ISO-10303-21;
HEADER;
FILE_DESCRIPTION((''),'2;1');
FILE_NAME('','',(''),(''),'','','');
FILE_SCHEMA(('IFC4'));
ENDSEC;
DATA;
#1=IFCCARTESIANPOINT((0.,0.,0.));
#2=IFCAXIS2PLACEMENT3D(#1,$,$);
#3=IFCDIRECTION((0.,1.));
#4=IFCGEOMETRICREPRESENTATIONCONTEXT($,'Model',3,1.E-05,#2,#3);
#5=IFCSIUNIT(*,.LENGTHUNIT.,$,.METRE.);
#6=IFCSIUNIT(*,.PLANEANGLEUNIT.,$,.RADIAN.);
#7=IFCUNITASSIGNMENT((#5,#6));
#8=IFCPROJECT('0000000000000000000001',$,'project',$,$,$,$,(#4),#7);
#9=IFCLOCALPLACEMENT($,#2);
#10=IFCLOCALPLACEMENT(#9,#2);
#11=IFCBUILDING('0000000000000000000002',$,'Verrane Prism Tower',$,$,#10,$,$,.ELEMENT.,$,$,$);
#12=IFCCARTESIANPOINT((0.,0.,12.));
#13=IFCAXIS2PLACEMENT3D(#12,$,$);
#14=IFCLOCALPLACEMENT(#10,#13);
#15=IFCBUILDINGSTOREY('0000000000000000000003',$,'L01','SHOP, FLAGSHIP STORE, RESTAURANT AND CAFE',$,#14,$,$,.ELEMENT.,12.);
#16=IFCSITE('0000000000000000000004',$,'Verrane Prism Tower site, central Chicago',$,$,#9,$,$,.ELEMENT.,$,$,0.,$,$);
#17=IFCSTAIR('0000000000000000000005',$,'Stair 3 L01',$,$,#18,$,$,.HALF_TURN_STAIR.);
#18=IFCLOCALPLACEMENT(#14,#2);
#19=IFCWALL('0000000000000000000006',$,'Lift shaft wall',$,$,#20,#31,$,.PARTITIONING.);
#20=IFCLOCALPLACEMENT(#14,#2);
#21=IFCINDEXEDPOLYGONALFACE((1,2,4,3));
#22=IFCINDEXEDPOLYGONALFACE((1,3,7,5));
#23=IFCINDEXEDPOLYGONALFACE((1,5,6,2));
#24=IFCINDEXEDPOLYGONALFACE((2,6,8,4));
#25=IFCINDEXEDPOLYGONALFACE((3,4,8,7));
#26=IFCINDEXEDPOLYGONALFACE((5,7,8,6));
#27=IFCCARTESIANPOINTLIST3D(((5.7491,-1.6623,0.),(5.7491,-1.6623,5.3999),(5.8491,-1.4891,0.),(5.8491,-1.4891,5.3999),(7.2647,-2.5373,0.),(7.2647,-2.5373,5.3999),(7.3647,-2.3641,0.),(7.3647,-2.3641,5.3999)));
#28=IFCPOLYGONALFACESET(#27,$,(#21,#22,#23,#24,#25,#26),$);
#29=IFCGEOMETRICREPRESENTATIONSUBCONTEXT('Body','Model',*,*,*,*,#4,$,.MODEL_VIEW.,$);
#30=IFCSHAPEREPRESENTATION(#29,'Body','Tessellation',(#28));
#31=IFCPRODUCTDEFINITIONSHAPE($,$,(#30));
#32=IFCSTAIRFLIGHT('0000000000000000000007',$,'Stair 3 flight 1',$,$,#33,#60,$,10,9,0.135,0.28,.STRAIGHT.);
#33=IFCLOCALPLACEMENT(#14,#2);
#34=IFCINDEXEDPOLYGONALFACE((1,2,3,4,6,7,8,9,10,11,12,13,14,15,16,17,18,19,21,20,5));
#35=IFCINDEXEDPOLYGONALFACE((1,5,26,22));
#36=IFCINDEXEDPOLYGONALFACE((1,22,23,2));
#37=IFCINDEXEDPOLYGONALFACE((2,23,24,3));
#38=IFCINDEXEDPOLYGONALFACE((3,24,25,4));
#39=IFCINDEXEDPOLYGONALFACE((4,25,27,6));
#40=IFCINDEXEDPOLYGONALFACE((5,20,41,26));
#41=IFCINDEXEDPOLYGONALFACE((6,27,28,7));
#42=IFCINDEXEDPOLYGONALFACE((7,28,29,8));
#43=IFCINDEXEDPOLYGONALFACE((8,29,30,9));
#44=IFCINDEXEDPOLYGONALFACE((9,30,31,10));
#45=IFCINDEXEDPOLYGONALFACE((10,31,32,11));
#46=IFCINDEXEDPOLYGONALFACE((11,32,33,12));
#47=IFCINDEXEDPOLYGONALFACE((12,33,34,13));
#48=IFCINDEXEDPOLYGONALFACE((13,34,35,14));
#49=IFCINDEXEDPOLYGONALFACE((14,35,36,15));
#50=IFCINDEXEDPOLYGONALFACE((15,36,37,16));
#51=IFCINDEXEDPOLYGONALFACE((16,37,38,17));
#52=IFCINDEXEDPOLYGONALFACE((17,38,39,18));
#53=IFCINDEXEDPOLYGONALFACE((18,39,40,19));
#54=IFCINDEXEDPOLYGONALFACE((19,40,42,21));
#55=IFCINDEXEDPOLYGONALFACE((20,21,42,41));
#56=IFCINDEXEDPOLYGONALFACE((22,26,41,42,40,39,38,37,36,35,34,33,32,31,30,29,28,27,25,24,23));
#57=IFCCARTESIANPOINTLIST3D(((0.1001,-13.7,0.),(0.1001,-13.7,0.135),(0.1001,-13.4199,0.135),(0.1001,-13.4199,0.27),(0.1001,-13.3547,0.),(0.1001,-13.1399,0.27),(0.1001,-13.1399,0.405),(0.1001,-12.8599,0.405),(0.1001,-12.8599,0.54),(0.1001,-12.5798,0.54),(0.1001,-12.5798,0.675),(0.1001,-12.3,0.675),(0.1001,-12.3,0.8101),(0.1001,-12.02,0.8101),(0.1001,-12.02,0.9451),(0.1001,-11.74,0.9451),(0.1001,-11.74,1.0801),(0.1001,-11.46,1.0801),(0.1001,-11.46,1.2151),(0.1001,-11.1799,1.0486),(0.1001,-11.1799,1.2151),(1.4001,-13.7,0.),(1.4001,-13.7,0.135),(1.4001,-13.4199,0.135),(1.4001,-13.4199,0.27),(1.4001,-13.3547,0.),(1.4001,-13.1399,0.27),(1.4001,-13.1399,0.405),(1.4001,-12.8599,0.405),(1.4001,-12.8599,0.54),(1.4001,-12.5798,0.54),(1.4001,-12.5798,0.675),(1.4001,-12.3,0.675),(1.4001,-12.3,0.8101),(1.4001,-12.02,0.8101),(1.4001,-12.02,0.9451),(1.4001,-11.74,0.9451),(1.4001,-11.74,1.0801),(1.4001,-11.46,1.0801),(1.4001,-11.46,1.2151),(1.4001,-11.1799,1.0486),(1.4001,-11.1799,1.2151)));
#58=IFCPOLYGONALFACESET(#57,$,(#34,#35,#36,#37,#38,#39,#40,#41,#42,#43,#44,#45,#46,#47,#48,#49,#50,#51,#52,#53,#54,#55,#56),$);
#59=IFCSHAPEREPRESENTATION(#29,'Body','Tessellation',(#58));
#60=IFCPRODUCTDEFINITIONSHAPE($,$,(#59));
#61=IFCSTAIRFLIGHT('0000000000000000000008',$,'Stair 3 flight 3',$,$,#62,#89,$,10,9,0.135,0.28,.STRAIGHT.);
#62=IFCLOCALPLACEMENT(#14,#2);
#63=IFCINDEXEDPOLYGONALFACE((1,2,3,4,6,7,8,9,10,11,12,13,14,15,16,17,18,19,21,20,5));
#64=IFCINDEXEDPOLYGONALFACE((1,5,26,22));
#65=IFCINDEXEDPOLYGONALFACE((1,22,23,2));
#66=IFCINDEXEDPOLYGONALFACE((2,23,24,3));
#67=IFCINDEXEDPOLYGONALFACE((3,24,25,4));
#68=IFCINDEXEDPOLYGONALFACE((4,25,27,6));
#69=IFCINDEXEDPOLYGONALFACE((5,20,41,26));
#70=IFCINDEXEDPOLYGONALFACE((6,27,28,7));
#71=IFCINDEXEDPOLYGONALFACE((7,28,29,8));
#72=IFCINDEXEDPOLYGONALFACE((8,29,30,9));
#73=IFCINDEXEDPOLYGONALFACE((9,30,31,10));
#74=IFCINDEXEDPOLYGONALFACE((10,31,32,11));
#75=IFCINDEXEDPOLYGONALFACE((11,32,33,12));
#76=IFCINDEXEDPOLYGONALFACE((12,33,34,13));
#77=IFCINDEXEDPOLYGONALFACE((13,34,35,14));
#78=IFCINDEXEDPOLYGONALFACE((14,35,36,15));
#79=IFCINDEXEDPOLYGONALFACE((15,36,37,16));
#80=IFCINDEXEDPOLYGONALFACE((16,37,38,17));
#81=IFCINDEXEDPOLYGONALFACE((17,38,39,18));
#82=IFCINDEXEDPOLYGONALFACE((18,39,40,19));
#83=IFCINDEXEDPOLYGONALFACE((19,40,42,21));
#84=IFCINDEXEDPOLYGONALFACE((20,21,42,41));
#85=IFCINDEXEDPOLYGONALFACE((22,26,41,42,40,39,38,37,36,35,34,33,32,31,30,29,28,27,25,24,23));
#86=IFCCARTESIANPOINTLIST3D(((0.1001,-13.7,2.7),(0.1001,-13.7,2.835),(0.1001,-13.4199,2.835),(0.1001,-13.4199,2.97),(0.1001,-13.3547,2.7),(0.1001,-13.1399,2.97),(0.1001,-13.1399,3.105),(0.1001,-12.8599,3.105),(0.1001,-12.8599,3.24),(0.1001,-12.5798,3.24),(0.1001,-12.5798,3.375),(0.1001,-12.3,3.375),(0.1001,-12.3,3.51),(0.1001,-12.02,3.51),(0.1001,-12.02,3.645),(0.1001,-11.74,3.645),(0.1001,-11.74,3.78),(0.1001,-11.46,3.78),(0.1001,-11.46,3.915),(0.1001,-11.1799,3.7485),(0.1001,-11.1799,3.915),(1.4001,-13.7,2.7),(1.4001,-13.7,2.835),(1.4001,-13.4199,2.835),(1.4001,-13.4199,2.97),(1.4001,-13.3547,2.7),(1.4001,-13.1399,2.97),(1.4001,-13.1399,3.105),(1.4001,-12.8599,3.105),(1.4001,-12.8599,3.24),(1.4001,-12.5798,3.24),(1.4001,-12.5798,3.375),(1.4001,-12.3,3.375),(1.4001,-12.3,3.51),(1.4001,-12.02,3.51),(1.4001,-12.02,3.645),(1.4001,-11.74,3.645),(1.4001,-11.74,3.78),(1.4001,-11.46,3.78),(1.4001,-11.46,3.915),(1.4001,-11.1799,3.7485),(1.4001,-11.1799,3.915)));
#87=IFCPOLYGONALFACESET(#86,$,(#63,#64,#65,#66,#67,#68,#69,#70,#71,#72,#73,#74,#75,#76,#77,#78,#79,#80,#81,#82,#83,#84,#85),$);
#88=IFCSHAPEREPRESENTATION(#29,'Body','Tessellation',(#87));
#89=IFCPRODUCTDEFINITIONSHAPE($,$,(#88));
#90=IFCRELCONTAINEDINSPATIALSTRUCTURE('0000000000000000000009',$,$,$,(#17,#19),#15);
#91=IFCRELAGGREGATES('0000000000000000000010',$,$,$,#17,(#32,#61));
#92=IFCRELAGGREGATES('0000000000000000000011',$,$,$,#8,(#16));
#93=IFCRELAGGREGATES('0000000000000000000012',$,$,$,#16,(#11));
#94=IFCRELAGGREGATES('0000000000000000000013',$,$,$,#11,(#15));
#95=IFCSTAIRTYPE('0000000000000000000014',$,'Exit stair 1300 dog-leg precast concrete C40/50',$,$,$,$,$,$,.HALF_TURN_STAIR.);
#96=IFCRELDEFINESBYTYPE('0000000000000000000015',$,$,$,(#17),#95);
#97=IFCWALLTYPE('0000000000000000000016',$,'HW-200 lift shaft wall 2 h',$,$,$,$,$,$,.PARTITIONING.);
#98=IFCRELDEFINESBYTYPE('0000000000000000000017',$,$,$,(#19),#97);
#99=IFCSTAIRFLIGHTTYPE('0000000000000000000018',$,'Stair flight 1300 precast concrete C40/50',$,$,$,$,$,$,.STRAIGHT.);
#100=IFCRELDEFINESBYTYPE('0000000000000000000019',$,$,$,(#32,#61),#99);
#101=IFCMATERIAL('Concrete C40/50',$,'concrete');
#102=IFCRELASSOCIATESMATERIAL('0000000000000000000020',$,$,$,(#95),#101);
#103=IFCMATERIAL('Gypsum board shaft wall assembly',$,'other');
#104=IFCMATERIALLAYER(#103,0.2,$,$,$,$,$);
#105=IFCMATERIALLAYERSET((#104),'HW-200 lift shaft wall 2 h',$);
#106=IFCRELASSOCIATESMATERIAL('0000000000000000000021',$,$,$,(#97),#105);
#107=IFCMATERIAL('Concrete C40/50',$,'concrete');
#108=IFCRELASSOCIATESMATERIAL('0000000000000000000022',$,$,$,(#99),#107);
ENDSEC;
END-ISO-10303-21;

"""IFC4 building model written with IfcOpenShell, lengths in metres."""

from ifc_helpers import new_model, si_unit, direction, frame, frame_2d, origin, place, context, subcontext, project, spatial, polyline, rectangle, outline, extrude, material, layer, layer_set, type_object, element, aggregate, save


model = new_model("IFC4")

# Units and contexts
model_context = context("Model", 3, precision=1e-05, world=origin(), true_north=direction((0.0, 1.0)))
body_context = subcontext(model_context, "Body", "Model", "MODEL_VIEW")
ifc_project = project(units=[si_unit("LENGTHUNIT", "METRE"), si_unit("PLANEANGLEUNIT", "RADIAN")], contexts=[model_context])

# Site, building, storey
site_placement = place(None, origin())
site = spatial("IfcSite", under=ifc_project, at=site_placement, Name="Verrane Prism Tower site, central Chicago", CompositionType="ELEMENT", RefElevation=0.0)
building_placement = place(site_placement, origin())
building = spatial("IfcBuilding", under=site, at=building_placement, Name="Verrane Prism Tower", CompositionType="ELEMENT")
storey_placement = place(building_placement, frame((0.0, 0.0, 12.0)))
storey = spatial("IfcBuildingStorey", under=building, at=storey_placement, Name="L01", Description="SHOP, FLAGSHIP STORE, RESTAURANT AND CAFE", CompositionType="ELEMENT", Elevation=12.0)

# Stair
ifc_material_1 = material(Name="Concrete C40/50", Category="concrete")
stair_type = type_object("IfcStairType", Name="Exit stair 1300 dog-leg precast concrete C40/50", PredefinedType="HALF_TURN_STAIR", material=ifc_material_1)
stair_1_placement = place(storey_placement, origin())
stair_1 = element("IfcStair", 1, at=stair_1_placement, inside=storey, type_object=stair_type, Name="Stair 3 L01", PredefinedType="HALF_TURN_STAIR")

# Shared definitions
ifc_material_2 = material(Name="Gypsum board shaft wall assembly", Category="other")
ifc_layer_1 = layer(ifc_material_2, 0.2)
ifc_layer_set_1 = layer_set([ifc_layer_1], Name="HW-200 lift shaft wall 2 h")
wall_type_1 = type_object("IfcWallType", Name="HW-200 lift shaft wall 2 h", PredefinedType="PARTITIONING", material=ifc_layer_set_1)

# Wall
for number, where, z_axis, x_axis, name in (
    (2, (7.3147, -2.4507, 0.0), (0.0, 0.0, 1.0), (-0.866037, 0.49998, 0.0), "Lift shaft wall"),
):
    element("IfcWall", number, at=place(storey_placement, frame(where, z_axis=z_axis, x_axis=x_axis)), inside=storey, type_object=wall_type_1, Name=name, PredefinedType="PARTITIONING", context=body_context, shape_type="SweptSolid", body=[
        extrude(rectangle(XDim=1.75, YDim=0.2, at=frame_2d((0.875, 0.0))), origin(), (0.0, 0.0, 1.0), 5.3999),
    ])

# Stair flights
ifc_material_3 = material(Name="Concrete C40/50", Category="concrete")
stair_flight_type = type_object("IfcStairFlightType", Name="Stair flight 1300 precast concrete C40/50", PredefinedType="STRAIGHT", material=ifc_material_3)
stair_flight_1_placement = place(storey_placement, frame((0.75, -13.7, 0.0), z_axis=(0.0, 0.0, 1.0), x_axis=(0.0, 1.0, 0.0)))
stair_flight_1 = element("IfcStairFlight", 3, at=stair_flight_1_placement, type_object=stair_flight_type, Name="Stair 3 flight 1", NumberOfRisers=10, NumberOfTreads=9, PredefinedType="STRAIGHT", RiserHeight=0.135, TreadLength=0.28, context=body_context, shape_type="SweptSolid", body=[
    extrude(outline(polyline([(0.0, 0.0), (0.0, 0.135), (0.28, 0.135), (0.28, 0.27), (0.5601, 0.27), (0.5601, 0.405), (0.8401, 0.405), (0.8401, 0.54), (1.1201, 0.54), (1.1201, 0.675), (1.3999, 0.675), (1.3999, 0.8101), (1.6799, 0.8101), (1.6799, 0.9451), (1.96, 0.9451), (1.96, 1.0801), (2.24, 1.0801), (2.24, 1.2151), (2.52, 1.2151), (2.52, 1.3501), (2.52, 1.0486), (0.3452, 0.0), (0.0, 0.0)])), frame((0.0, 0.6499, 0.0), z_axis=(0.0, -1.0, 0.0), x_axis=(1.0, 0.0, 0.0)), (0.0, 0.0, 1.0), 1.3),
])
stair_flight_2_placement = place(storey_placement, frame((0.75, -13.7, 2.7), z_axis=(0.0, 0.0, 1.0), x_axis=(0.0, 1.0, 0.0)))
stair_flight_2 = element("IfcStairFlight", 4, at=stair_flight_2_placement, type_object=stair_flight_type, Name="Stair 3 flight 3", NumberOfRisers=10, NumberOfTreads=9, PredefinedType="STRAIGHT", RiserHeight=0.135, TreadLength=0.28, context=body_context, shape_type="SweptSolid", body=[
    extrude(outline(polyline([(0.0, 0.0), (0.0, 0.135), (0.28, 0.135), (0.28, 0.27), (0.5601, 0.27), (0.5601, 0.405), (0.8401, 0.405), (0.8401, 0.54), (1.1201, 0.54), (1.1201, 0.675), (1.3999, 0.675), (1.3999, 0.8101), (1.6799, 0.8101), (1.6799, 0.9451), (1.96, 0.9451), (1.96, 1.0801), (2.24, 1.0801), (2.24, 1.2151), (2.52, 1.2151), (2.52, 1.3501), (2.52, 1.0486), (0.3452, 0.0), (0.0, 0.0)])), frame((0.0, 0.6499, 0.0), z_axis=(0.0, -1.0, 0.0), x_axis=(1.0, 0.0, 0.0)), (0.0, 0.0, 1.0), 1.3),
])
aggregate(stair_1, [stair_flight_1, stair_flight_2])

save(model, "model.ifc")
